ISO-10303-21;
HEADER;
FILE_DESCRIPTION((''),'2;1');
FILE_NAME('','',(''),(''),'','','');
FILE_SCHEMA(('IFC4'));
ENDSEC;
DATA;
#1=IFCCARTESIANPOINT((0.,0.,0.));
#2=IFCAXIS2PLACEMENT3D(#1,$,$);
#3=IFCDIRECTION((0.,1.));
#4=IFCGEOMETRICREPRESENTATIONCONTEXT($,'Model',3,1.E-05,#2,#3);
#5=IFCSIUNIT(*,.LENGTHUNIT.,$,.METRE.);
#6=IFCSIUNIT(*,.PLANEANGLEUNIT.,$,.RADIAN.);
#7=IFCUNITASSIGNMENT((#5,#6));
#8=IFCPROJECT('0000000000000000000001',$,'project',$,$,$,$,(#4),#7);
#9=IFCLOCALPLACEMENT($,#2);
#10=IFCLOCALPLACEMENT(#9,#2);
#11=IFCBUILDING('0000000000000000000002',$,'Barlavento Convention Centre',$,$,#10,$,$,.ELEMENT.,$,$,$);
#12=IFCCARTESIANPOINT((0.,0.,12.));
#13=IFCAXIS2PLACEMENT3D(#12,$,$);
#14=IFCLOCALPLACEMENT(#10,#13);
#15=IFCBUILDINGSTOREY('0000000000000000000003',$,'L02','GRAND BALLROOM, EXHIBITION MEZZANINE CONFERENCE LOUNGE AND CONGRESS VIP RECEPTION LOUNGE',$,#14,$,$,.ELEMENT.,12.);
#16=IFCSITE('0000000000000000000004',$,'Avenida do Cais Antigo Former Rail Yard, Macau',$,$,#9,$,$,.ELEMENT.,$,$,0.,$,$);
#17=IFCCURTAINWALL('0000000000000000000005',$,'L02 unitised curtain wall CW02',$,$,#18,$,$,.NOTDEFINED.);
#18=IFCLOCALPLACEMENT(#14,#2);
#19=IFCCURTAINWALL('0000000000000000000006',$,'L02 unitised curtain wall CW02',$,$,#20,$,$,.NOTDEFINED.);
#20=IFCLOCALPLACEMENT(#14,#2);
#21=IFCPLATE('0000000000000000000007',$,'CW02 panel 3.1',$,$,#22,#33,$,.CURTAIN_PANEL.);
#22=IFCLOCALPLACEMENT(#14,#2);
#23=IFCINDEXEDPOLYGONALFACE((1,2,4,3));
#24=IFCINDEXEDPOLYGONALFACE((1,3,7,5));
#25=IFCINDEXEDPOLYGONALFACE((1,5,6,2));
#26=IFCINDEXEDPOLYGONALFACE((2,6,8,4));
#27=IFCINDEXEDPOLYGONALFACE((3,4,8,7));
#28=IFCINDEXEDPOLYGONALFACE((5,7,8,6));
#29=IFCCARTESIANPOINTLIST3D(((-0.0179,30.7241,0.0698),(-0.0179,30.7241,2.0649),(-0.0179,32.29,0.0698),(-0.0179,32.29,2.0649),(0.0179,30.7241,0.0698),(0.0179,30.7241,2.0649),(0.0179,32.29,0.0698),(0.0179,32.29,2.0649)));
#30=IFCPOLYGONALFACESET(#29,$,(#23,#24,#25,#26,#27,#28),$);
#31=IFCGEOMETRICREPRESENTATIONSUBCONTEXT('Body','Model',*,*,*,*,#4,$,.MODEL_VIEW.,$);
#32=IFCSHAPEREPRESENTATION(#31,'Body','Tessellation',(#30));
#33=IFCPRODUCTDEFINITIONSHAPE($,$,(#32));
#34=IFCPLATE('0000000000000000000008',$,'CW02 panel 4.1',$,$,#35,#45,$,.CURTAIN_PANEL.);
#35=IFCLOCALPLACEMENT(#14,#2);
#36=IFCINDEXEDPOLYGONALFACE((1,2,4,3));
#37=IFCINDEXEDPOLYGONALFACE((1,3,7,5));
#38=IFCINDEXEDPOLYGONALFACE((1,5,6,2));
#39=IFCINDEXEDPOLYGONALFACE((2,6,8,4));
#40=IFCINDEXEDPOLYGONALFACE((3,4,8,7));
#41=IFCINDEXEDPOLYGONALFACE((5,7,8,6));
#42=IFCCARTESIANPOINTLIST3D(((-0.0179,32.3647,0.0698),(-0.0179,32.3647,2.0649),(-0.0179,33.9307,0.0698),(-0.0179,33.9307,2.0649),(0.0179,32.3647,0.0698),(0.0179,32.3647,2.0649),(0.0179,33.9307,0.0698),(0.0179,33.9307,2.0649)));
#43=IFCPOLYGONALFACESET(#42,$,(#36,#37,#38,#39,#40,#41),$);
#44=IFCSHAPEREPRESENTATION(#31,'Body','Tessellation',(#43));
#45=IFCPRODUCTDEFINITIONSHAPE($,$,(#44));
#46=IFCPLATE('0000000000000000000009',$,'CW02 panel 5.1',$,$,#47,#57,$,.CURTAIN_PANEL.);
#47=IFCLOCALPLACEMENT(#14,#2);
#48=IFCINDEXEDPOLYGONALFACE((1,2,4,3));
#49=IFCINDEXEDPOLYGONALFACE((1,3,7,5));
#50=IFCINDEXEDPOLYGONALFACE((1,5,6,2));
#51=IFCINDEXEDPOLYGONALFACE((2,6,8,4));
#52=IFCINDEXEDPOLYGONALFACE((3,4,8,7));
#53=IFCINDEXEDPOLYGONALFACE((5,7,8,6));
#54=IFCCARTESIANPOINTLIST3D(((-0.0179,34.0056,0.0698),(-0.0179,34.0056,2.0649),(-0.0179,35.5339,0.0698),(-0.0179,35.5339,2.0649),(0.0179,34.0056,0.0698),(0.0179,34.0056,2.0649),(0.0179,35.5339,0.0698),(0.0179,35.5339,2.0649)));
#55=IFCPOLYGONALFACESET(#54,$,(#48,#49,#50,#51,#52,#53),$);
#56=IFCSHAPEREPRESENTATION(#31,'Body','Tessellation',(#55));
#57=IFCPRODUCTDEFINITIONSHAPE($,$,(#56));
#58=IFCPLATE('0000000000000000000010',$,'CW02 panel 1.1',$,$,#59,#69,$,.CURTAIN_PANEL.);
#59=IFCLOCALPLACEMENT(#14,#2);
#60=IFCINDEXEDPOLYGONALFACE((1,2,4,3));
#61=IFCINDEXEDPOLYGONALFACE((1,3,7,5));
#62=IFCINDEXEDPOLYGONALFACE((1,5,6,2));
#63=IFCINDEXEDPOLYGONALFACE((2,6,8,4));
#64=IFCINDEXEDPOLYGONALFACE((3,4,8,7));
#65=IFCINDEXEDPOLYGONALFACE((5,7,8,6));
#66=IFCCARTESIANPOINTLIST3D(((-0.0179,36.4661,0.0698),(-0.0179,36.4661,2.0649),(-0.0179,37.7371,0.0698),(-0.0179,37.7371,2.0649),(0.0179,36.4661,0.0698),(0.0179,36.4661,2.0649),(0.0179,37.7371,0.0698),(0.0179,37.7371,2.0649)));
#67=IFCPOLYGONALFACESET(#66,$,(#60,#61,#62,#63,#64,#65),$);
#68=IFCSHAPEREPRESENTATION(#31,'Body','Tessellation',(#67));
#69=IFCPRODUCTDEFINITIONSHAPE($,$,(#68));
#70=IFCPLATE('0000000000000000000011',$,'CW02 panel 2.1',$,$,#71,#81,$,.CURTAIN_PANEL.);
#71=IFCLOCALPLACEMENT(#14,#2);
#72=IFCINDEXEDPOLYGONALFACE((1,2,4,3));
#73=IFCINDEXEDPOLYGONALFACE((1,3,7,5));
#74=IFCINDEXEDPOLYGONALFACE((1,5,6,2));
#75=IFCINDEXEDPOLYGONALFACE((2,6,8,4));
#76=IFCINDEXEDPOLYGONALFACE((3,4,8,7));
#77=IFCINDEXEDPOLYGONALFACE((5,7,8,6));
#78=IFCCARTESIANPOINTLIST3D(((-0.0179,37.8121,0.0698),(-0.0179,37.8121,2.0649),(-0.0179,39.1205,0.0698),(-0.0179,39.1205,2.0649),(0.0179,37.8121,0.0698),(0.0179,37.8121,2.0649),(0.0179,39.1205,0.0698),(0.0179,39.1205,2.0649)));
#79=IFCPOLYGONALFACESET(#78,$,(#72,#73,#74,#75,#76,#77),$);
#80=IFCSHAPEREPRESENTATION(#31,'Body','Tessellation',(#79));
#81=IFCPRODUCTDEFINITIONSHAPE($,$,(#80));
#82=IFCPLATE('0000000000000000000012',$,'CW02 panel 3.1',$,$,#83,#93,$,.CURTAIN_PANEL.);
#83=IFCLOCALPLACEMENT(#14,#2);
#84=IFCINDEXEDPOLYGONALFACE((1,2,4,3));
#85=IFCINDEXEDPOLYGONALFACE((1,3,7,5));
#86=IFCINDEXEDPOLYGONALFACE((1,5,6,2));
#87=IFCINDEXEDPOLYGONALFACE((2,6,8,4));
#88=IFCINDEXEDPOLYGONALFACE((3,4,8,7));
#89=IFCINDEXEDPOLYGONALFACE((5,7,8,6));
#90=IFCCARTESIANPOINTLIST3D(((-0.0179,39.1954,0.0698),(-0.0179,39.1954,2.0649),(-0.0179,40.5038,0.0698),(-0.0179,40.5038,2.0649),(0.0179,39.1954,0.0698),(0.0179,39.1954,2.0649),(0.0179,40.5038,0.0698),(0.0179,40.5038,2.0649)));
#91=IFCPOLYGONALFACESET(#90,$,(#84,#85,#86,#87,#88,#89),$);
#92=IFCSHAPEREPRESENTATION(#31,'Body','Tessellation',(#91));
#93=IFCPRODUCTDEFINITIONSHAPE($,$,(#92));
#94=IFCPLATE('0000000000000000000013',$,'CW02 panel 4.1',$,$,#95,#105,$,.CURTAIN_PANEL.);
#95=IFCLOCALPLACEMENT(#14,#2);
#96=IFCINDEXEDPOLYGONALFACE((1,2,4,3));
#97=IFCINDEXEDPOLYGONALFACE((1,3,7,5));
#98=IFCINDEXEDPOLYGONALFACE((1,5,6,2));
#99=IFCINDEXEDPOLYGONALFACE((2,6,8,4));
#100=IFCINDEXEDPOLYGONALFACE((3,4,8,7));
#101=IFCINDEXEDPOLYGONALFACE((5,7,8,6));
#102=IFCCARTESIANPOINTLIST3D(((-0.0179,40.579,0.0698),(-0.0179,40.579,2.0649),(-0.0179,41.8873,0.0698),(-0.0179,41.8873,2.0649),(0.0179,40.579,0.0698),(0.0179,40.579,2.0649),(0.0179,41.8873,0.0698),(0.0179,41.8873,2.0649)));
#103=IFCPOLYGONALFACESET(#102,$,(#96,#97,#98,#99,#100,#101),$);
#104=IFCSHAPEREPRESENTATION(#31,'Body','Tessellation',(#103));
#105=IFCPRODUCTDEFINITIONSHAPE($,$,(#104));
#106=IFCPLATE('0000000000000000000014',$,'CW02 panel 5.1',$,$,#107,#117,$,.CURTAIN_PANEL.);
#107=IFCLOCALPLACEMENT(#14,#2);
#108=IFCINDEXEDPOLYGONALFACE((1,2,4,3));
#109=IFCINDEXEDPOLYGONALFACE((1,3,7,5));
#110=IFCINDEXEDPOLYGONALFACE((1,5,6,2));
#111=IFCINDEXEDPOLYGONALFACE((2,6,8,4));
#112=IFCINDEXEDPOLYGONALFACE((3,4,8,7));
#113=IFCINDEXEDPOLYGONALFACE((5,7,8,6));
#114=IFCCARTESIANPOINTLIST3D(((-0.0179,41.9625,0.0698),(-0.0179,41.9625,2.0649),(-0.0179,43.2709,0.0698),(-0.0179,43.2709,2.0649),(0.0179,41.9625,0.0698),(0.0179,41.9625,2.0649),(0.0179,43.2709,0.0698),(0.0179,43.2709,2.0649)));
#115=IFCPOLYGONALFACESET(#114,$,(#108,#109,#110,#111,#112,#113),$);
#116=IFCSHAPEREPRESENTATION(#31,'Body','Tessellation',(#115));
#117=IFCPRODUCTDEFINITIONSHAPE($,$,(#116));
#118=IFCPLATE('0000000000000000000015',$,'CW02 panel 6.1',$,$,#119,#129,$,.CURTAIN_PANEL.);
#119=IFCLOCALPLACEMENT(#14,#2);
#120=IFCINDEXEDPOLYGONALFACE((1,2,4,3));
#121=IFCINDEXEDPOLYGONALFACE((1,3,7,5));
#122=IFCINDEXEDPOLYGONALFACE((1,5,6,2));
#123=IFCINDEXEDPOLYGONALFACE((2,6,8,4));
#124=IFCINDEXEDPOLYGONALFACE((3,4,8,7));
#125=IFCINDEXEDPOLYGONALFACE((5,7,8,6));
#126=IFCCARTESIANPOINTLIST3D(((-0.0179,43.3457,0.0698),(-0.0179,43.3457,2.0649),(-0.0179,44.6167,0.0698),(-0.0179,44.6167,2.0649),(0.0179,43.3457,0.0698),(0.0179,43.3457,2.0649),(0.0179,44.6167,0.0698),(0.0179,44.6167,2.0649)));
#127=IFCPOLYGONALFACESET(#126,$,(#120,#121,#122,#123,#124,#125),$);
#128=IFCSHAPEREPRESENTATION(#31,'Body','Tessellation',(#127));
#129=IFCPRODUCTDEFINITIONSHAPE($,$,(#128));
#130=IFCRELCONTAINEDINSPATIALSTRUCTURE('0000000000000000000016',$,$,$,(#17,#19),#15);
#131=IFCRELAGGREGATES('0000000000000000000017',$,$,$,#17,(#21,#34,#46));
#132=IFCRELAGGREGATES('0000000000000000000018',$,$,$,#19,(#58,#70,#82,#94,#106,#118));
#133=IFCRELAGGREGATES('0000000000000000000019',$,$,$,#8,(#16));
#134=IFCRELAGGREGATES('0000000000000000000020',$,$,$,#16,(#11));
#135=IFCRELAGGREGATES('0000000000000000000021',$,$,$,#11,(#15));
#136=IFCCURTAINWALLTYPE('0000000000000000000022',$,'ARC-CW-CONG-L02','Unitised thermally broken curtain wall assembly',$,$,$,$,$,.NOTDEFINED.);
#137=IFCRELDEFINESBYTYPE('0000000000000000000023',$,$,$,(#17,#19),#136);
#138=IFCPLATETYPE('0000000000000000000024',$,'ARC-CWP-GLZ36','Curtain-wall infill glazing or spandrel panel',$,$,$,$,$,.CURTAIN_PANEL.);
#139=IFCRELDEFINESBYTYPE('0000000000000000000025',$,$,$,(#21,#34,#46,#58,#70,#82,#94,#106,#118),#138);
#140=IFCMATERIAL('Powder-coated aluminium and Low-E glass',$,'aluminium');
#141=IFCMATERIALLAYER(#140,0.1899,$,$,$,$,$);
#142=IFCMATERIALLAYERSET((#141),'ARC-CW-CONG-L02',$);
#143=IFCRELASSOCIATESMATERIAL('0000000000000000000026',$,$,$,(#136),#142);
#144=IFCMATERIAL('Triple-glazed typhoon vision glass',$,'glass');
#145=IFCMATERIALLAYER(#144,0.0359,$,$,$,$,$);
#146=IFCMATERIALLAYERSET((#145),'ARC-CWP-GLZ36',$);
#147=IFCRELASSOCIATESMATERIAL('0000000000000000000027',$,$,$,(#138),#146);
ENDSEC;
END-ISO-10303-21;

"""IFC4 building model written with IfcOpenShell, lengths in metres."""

from ifc_helpers import new_model, si_unit, direction, frame, origin, origin_2d, place, context, subcontext, project, spatial, rectangle, extrude, material, layer, layer_set, type_object, element, aggregate, save


model = new_model("IFC4")

# Units and contexts
model_context = context("Model", 3, precision=1e-05, world=origin(), true_north=direction((0.0, 1.0)))
body_context = subcontext(model_context, "Body", "Model", "MODEL_VIEW")
ifc_project = project(units=[si_unit("LENGTHUNIT", "METRE"), si_unit("PLANEANGLEUNIT", "RADIAN")], contexts=[model_context])

# Site, building, storey
site_placement = place(None, origin())
site = spatial("IfcSite", under=ifc_project, at=site_placement, Name="Avenida do Cais Antigo Former Rail Yard, Macau", CompositionType="ELEMENT", RefElevation=0.0)
building_placement = place(site_placement, origin())
building = spatial("IfcBuilding", under=site, at=building_placement, Name="Barlavento Convention Centre", CompositionType="ELEMENT")
storey_placement = place(building_placement, frame((0.0, 0.0, 12.0)))
storey = spatial("IfcBuildingStorey", under=building, at=storey_placement, Name="L02", Description="GRAND BALLROOM, EXHIBITION MEZZANINE CONFERENCE LOUNGE AND CONGRESS VIP RECEPTION LOUNGE", CompositionType="ELEMENT", Elevation=12.0)

# Curtain walls
ifc_material_1 = material(Name="Powder-coated aluminium and Low-E glass", Category="aluminium")
ifc_layer_1 = layer(ifc_material_1, 0.1899)
ifc_layer_set_1 = layer_set([ifc_layer_1], Name="ARC-CW-CONG-L02")
curtain_wall_type = type_object("IfcCurtainWallType", Name="ARC-CW-CONG-L02", Description="Unitised thermally broken curtain wall assembly", PredefinedType="NOTDEFINED", material=ifc_layer_set_1)
curtain_wall_1_placement = place(storey_placement, origin())
curtain_wall_1 = element("IfcCurtainWall", 1, at=curtain_wall_1_placement, inside=storey, type_object=curtain_wall_type, Name="L02 unitised curtain wall CW02", PredefinedType="NOTDEFINED")
curtain_wall_2_placement = place(storey_placement, origin())
curtain_wall_2 = element("IfcCurtainWall", 2, at=curtain_wall_2_placement, inside=storey, type_object=curtain_wall_type, Name="L02 unitised curtain wall CW02", PredefinedType="NOTDEFINED")

# Plates
ifc_material_2 = material(Name="Triple-glazed typhoon vision glass", Category="glass")
ifc_layer_2 = layer(ifc_material_2, 0.0359)
ifc_layer_set_2 = layer_set([ifc_layer_2], Name="ARC-CWP-GLZ36")
plate_type = type_object("IfcPlateType", Name="ARC-CWP-GLZ36", Description="Curtain-wall infill glazing or spandrel panel", PredefinedType="CURTAIN_PANEL", material=ifc_layer_set_2)
plate_1_placement = place(storey_placement, frame((0.0, 31.5071, 0.0698), z_axis=(0.0, 0.0, 1.0), x_axis=(0.0, 1.0, 0.0)))
plate_1 = element("IfcPlate", 3, at=plate_1_placement, type_object=plate_type, Name="CW02 panel 3.1", PredefinedType="CURTAIN_PANEL", context=body_context, shape_type="SweptSolid", body=[
    extrude(rectangle(XDim=1.5659, YDim=0.0359, at=origin_2d()), origin(), (0.0, 0.0, 1.0), 1.9951),
])
plate_2_placement = place(storey_placement, frame((0.0, 33.1477, 0.0698), z_axis=(0.0, 0.0, 1.0), x_axis=(0.0, 1.0, 0.0)))
plate_2 = element("IfcPlate", 4, at=plate_2_placement, type_object=plate_type, Name="CW02 panel 4.1", PredefinedType="CURTAIN_PANEL", context=body_context, shape_type="SweptSolid", body=[
    extrude(rectangle(XDim=1.5659, YDim=0.0359, at=origin_2d()), origin(), (0.0, 0.0, 1.0), 1.9951),
])
plate_3_placement = place(storey_placement, frame((0.0, 34.7698, 0.0698), z_axis=(0.0, 0.0, 1.0), x_axis=(0.0, 1.0, 0.0)))
plate_3 = element("IfcPlate", 5, at=plate_3_placement, type_object=plate_type, Name="CW02 panel 5.1", PredefinedType="CURTAIN_PANEL", context=body_context, shape_type="SweptSolid", body=[
    extrude(rectangle(XDim=1.5283, YDim=0.0359, at=origin_2d()), origin(), (0.0, 0.0, 1.0), 1.9951),
])
aggregate(curtain_wall_1, [plate_1, plate_2, plate_3])
plate_4_placement = place(storey_placement, frame((0.0, 37.1016, 0.0698), z_axis=(0.0, 0.0, 1.0), x_axis=(0.0, 1.0, 0.0)))
plate_4 = element("IfcPlate", 6, at=plate_4_placement, type_object=plate_type, Name="CW02 panel 1.1", PredefinedType="CURTAIN_PANEL", context=body_context, shape_type="SweptSolid", body=[
    extrude(rectangle(XDim=1.271, YDim=0.0359, at=origin_2d()), origin(), (0.0, 0.0, 1.0), 1.9951),
])
plate_5_placement = place(storey_placement, frame((0.0, 38.4663, 0.0698), z_axis=(0.0, 0.0, 1.0), x_axis=(0.0, 1.0, 0.0)))
plate_5 = element("IfcPlate", 7, at=plate_5_placement, type_object=plate_type, Name="CW02 panel 2.1", PredefinedType="CURTAIN_PANEL", context=body_context, shape_type="SweptSolid", body=[
    extrude(rectangle(XDim=1.3083, YDim=0.0359, at=origin_2d()), origin(), (0.0, 0.0, 1.0), 1.9951),
])
plate_6_placement = place(storey_placement, frame((0.0, 39.8496, 0.0698), z_axis=(0.0, 0.0, 1.0), x_axis=(0.0, 1.0, 0.0)))
plate_6 = element("IfcPlate", 8, at=plate_6_placement, type_object=plate_type, Name="CW02 panel 3.1", PredefinedType="CURTAIN_PANEL", context=body_context, shape_type="SweptSolid", body=[
    extrude(rectangle(XDim=1.3083, YDim=0.0359, at=origin_2d()), origin(), (0.0, 0.0, 1.0), 1.9951),
])
plate_7_placement = place(storey_placement, frame((0.0, 41.2332, 0.0698), z_axis=(0.0, 0.0, 1.0), x_axis=(0.0, 1.0, 0.0)))
plate_7 = element("IfcPlate", 9, at=plate_7_placement, type_object=plate_type, Name="CW02 panel 4.1", PredefinedType="CURTAIN_PANEL", context=body_context, shape_type="SweptSolid", body=[
    extrude(rectangle(XDim=1.3083, YDim=0.0359, at=origin_2d()), origin(), (0.0, 0.0, 1.0), 1.9951),
])
plate_8_placement = place(storey_placement, frame((0.0, 42.6167, 0.0698), z_axis=(0.0, 0.0, 1.0), x_axis=(0.0, 1.0, 0.0)))
plate_8 = element("IfcPlate", 10, at=plate_8_placement, type_object=plate_type, Name="CW02 panel 5.1", PredefinedType="CURTAIN_PANEL", context=body_context, shape_type="SweptSolid", body=[
    extrude(rectangle(XDim=1.3083, YDim=0.0359, at=origin_2d()), origin(), (0.0, 0.0, 1.0), 1.9951),
])
plate_9_placement = place(storey_placement, frame((0.0, 43.9812, 0.0698), z_axis=(0.0, 0.0, 1.0), x_axis=(0.0, 1.0, 0.0)))
plate_9 = element("IfcPlate", 11, at=plate_9_placement, type_object=plate_type, Name="CW02 panel 6.1", PredefinedType="CURTAIN_PANEL", context=body_context, shape_type="SweptSolid", body=[
    extrude(rectangle(XDim=1.271, YDim=0.0359, at=origin_2d()), origin(), (0.0, 0.0, 1.0), 1.9951),
])
aggregate(curtain_wall_2, [plate_4, plate_5, plate_6, plate_7, plate_8, plate_9])

save(model, "model.ifc")
